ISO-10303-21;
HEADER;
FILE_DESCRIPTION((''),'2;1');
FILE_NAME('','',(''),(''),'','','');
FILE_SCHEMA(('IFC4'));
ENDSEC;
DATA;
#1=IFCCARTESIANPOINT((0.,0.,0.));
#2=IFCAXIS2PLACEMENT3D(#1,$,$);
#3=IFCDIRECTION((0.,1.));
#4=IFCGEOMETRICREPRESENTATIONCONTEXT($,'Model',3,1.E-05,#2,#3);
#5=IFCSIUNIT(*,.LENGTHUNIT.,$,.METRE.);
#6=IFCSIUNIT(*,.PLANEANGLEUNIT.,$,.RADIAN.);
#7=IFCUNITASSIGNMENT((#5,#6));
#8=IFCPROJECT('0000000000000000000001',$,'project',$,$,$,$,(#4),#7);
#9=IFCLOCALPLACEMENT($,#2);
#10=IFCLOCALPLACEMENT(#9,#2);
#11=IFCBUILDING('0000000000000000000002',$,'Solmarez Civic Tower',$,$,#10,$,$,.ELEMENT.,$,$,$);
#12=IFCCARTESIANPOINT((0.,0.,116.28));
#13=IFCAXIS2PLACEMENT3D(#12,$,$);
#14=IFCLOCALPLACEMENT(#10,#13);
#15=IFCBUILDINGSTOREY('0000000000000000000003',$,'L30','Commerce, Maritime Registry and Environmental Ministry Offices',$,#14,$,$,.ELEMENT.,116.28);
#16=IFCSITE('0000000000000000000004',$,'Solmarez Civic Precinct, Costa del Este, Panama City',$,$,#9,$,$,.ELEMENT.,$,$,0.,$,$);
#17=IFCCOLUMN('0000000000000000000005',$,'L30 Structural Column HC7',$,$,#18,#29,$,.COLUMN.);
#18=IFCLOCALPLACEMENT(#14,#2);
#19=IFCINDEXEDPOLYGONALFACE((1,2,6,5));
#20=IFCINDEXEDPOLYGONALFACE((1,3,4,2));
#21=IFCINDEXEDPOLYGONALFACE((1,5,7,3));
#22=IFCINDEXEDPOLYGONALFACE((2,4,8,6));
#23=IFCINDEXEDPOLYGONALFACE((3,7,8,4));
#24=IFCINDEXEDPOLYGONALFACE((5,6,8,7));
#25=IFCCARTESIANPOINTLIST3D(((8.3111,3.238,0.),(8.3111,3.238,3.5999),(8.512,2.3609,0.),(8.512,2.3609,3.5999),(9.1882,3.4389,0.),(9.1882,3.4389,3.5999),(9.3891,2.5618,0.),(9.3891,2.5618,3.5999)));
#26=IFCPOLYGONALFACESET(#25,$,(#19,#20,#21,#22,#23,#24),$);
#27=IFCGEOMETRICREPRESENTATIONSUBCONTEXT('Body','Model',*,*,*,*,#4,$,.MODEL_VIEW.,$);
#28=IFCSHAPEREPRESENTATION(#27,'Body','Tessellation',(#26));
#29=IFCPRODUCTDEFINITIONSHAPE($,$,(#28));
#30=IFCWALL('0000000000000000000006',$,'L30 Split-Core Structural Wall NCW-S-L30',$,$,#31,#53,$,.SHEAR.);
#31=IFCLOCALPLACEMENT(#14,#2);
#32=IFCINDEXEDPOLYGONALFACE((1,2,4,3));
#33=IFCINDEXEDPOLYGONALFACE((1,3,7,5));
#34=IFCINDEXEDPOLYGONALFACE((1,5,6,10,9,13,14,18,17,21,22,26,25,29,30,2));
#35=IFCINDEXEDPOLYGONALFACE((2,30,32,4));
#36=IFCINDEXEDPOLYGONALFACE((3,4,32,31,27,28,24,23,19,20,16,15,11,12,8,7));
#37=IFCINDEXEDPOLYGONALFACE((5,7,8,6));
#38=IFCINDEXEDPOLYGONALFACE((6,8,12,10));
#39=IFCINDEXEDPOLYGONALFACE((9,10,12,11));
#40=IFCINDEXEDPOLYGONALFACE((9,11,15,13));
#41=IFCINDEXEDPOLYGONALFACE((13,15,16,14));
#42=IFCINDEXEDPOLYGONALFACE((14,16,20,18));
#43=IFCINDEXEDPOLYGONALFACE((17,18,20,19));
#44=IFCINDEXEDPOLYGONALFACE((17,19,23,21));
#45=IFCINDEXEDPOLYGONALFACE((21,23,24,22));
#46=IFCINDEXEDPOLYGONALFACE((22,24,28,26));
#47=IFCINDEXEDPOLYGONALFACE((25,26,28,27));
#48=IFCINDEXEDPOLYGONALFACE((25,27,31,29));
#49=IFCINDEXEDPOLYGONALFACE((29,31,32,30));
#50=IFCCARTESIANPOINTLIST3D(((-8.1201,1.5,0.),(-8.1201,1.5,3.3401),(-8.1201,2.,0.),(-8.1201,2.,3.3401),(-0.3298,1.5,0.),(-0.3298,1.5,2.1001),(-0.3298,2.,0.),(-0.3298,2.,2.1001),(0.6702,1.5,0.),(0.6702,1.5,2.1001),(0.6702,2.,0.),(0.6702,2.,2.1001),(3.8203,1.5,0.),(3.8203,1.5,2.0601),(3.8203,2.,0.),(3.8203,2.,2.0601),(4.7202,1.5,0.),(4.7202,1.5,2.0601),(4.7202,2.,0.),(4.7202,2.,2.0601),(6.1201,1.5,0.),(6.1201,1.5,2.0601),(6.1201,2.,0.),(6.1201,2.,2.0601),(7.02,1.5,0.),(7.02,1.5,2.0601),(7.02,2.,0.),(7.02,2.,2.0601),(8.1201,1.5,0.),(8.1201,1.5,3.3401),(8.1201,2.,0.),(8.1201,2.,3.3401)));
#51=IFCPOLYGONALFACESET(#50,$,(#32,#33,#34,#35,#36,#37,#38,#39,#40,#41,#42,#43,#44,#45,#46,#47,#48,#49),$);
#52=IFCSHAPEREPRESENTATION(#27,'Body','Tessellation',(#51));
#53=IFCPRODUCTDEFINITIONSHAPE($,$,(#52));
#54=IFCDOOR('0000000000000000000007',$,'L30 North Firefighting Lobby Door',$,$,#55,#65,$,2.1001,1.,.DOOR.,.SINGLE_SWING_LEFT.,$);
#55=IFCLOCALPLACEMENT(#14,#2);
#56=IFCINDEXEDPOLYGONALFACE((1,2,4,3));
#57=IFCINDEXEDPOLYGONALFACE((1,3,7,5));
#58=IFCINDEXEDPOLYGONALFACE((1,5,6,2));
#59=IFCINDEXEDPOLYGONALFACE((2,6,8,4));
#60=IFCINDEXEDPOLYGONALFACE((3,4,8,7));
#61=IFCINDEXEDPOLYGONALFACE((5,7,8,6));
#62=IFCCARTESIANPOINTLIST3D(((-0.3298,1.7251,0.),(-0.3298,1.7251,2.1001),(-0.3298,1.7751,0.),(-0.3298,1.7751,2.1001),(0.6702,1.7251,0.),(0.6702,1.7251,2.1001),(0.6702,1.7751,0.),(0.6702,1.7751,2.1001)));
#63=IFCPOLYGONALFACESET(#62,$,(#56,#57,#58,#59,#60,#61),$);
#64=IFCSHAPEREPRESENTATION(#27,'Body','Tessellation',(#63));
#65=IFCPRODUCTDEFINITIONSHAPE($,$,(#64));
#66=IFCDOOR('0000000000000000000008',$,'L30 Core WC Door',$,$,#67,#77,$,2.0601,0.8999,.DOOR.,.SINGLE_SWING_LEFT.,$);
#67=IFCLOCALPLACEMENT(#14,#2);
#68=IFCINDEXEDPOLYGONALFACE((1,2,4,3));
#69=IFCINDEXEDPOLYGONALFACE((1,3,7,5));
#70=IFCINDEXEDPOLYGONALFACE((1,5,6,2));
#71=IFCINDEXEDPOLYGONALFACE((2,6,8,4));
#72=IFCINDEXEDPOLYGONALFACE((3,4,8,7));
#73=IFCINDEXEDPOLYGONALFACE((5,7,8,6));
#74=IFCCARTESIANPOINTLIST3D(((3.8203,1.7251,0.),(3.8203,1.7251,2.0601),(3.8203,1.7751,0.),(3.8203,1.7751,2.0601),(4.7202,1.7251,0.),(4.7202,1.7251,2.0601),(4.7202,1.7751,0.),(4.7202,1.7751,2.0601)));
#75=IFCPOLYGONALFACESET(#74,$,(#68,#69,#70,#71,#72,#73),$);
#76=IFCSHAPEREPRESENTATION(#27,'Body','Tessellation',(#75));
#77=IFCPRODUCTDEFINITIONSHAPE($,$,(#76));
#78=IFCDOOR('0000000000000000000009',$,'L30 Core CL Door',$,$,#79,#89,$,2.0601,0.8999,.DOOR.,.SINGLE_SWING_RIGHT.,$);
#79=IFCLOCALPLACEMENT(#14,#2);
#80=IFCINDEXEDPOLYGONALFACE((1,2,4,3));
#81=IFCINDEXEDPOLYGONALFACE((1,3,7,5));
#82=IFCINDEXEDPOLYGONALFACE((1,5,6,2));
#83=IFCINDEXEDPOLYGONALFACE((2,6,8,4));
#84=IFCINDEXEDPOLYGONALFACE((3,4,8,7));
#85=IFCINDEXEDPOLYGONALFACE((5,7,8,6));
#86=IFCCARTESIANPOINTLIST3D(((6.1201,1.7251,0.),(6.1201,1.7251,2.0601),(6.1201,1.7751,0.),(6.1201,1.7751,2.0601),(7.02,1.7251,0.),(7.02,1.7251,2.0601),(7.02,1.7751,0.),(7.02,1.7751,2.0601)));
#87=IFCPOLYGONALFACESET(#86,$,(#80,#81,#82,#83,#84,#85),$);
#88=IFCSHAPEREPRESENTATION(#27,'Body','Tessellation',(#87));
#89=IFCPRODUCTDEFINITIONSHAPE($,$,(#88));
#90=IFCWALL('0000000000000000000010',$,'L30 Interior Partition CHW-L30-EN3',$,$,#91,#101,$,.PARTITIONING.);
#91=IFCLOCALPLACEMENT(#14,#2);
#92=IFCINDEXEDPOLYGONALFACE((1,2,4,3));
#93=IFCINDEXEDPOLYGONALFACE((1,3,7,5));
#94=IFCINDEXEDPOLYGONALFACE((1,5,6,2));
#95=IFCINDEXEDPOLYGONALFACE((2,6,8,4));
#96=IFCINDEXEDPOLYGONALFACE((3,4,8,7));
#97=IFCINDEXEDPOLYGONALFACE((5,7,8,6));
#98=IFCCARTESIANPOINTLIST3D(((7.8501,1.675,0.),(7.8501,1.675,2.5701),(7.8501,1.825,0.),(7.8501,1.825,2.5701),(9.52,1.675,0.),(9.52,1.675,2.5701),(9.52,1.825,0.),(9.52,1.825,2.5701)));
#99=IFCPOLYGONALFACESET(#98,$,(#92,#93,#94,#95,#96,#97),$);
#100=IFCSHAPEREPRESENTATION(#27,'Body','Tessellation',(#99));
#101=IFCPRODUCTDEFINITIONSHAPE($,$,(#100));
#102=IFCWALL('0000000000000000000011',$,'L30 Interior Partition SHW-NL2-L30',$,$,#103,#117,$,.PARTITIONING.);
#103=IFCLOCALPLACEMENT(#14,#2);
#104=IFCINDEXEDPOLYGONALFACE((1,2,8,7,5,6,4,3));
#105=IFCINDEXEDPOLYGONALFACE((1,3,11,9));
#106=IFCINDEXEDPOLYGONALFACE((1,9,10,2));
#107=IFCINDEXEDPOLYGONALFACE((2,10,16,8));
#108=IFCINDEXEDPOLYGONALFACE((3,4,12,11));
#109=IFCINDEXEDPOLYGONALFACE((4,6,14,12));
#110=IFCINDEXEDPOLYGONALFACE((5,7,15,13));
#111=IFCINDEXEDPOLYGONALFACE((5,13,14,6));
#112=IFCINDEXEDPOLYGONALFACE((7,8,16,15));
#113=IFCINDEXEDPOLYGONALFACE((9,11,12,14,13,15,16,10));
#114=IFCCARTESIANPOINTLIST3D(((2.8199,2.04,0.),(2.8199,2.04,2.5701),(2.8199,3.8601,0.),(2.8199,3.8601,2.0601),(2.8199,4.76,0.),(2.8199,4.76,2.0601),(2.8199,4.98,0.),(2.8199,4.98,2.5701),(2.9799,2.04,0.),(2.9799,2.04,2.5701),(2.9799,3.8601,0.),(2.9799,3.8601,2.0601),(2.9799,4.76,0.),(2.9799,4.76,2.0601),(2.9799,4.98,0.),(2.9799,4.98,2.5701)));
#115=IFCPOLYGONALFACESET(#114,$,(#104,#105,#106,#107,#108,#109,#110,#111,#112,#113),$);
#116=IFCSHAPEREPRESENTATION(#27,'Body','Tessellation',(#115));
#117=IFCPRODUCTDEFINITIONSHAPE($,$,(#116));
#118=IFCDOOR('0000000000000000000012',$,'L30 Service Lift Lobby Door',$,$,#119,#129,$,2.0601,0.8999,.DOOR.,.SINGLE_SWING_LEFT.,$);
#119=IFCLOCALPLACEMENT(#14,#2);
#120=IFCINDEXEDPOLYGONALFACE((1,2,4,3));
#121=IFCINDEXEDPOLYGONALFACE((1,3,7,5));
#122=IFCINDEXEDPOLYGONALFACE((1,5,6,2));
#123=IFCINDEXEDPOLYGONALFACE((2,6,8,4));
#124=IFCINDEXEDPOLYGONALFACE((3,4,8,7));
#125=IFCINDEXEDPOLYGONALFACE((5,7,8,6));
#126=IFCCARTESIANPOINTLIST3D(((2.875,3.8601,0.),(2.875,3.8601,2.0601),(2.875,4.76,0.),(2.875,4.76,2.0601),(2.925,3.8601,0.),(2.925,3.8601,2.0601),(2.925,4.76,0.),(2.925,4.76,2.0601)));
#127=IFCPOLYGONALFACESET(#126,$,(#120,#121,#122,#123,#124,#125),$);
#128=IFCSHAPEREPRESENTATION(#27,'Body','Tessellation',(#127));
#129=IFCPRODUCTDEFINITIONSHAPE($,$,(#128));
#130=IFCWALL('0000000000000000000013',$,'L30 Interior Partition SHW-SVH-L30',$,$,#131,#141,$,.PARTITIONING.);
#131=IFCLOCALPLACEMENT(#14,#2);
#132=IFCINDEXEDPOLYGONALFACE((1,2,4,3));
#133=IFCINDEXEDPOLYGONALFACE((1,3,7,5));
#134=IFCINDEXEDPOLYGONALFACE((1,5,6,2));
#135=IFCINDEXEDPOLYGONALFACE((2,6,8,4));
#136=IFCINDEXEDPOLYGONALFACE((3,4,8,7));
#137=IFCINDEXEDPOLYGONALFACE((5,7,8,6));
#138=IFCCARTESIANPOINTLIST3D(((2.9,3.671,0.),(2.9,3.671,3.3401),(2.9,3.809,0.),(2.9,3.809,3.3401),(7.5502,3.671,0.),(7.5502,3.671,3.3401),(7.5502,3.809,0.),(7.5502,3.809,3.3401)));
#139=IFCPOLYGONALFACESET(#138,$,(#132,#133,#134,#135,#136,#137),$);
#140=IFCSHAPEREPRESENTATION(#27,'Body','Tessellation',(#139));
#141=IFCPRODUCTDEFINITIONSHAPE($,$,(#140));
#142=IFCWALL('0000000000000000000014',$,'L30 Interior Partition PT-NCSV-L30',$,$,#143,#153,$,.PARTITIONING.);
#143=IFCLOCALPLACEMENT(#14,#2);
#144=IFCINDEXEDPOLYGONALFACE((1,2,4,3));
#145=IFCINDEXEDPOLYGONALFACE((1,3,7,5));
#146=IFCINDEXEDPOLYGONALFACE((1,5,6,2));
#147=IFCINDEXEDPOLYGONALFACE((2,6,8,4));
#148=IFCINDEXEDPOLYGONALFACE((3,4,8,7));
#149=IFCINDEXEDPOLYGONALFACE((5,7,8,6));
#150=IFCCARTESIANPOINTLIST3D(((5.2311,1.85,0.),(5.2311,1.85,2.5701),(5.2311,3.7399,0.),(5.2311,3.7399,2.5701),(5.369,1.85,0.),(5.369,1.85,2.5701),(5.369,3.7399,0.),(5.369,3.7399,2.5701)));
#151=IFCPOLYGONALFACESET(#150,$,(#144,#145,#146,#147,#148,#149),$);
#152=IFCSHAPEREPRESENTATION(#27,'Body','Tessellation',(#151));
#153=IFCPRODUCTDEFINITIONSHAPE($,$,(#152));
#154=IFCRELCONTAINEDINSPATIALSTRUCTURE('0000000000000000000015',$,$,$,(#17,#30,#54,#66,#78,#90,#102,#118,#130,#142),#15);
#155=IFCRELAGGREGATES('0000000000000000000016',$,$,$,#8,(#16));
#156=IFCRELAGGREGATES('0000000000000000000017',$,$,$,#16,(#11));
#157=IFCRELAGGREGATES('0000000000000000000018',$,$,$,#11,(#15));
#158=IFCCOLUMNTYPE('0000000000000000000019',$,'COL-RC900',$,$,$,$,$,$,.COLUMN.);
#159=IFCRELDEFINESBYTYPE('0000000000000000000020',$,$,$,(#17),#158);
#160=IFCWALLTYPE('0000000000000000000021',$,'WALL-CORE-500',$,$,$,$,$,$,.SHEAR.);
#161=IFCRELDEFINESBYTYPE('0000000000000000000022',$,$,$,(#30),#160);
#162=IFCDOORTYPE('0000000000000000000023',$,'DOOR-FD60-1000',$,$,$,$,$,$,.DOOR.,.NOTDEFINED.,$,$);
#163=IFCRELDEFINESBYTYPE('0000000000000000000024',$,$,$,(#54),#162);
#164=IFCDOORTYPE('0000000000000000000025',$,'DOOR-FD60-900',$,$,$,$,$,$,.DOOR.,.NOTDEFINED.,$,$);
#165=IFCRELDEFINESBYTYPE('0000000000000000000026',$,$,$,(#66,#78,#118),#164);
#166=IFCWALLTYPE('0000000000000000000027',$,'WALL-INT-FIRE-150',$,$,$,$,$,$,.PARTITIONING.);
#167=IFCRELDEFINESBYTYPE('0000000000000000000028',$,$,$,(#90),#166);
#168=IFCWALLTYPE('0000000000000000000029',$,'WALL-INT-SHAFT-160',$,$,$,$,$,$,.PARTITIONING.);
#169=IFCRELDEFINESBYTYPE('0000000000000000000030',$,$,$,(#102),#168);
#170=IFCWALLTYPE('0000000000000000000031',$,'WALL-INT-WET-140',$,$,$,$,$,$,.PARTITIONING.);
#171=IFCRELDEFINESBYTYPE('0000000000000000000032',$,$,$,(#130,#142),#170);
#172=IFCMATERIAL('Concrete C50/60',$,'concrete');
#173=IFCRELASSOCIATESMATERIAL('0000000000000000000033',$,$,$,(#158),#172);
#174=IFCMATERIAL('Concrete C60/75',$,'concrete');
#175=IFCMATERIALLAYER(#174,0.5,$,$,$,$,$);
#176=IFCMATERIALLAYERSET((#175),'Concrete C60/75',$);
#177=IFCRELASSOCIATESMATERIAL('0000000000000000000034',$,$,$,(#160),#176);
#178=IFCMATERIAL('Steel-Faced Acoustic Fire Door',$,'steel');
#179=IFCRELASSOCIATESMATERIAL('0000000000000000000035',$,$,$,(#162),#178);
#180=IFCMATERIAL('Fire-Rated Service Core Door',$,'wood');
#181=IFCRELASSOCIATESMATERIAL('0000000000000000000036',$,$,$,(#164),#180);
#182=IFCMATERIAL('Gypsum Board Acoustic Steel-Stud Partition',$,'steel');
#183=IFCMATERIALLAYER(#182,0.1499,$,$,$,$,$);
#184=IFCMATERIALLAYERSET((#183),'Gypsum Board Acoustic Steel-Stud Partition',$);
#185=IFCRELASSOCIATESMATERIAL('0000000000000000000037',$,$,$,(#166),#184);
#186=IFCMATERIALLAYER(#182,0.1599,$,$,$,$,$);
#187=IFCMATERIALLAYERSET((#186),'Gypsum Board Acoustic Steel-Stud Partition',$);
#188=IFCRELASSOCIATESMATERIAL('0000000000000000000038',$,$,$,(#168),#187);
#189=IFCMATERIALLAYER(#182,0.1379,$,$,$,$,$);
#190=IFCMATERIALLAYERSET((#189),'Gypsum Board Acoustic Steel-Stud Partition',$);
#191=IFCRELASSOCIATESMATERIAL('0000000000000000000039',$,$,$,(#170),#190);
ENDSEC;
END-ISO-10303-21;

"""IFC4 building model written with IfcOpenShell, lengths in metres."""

from ifc_helpers import new_model, si_unit, direction, frame, frame_2d, origin, origin_2d, place, context, subcontext, project, spatial, rectangle, extrude, material, layer, layer_set, material_profile, profile_set, type_object, element, fill, save


model = new_model("IFC4")

# Units and contexts
model_context = context("Model", 3, precision=1e-05, world=origin(), true_north=direction((0.0, 1.0)))
body_context = subcontext(model_context, "Body", "Model", "MODEL_VIEW")
ifc_project = project(units=[si_unit("LENGTHUNIT", "METRE"), si_unit("PLANEANGLEUNIT", "RADIAN")], contexts=[model_context])

# Site, building, storey
site_placement = place(None, origin())
site = spatial("IfcSite", under=ifc_project, at=site_placement, Name="Solmarez Civic Precinct, Costa del Este, Panama City", CompositionType="ELEMENT", RefElevation=0.0)
building_placement = place(site_placement, origin())
building = spatial("IfcBuilding", under=site, at=building_placement, Name="Solmarez Civic Tower", CompositionType="ELEMENT")
storey_placement = place(building_placement, frame((0.0, 0.0, 116.28)))
storey = spatial("IfcBuildingStorey", under=building, at=storey_placement, Name="L30", Description="Commerce, Maritime Registry and Environmental Ministry Offices", CompositionType="ELEMENT", Elevation=116.28)

# Column
ifc_material_1 = material(Name="Concrete C50/60", Category="concrete")
ifc_material_profile = material_profile(ifc_material_1, rectangle(XDim=0.8999, YDim=0.8999, at=origin_2d()), Name="RC900X900")
ifc_profile_set = profile_set([ifc_material_profile], Name="Concrete C50/60")
column_type = type_object("IfcColumnType", Name="COL-RC900", PredefinedType="COLUMN", material=ifc_profile_set)
column_placement = place(storey_placement, frame((8.8501, 2.8999, 0.0), z_axis=(0.0, 0.0, 1.0), x_axis=(0.974761, 0.22325, 0.0)))
element("IfcColumn", 1, at=column_placement, inside=storey, type_object=column_type, Name="L30 Structural Column HC7", PredefinedType="COLUMN", context=body_context, shape_type="SweptSolid", body=[
    extrude(rectangle(XDim=0.8999, YDim=0.8999, at=origin_2d()), origin(), (0.0, 0.0, 1.0), 3.5999),
])

# Wall, openings, doors
ifc_material_2 = material(Name="Concrete C60/75", Category="concrete")
ifc_layer_1 = layer(ifc_material_2, 0.5)
ifc_layer_set_1 = layer_set([ifc_layer_1], Name="Concrete C60/75")
wall_type_1 = type_object("IfcWallType", Name="WALL-CORE-500", PredefinedType="SHEAR", material=ifc_layer_set_1)
wall_1_placement = place(storey_placement, frame((8.1201, 1.75, 0.0), z_axis=(0.0, 0.0, 1.0), x_axis=(-1.0, 0.0, 0.0)))
wall_1 = element("IfcWall", 2, at=wall_1_placement, inside=storey, type_object=wall_type_1, Name="L30 Split-Core Structural Wall NCW-S-L30", PredefinedType="SHEAR", context=body_context, shape_type="SweptSolid", body=[
    extrude(rectangle(XDim=16.2402, YDim=0.5, at=frame_2d((8.1201, 0.0))), origin(), (0.0, 0.0, 1.0), 3.3401),
])
opening_1_placement = place(wall_1_placement, frame((7.45, 0.0, 0.0)))
opening_1 = element("IfcOpeningElement", 3, at=opening_1_placement, cuts=wall_1, PredefinedType="OPENING", context=body_context, shape_type="SweptSolid", body=[
    extrude(rectangle(XDim=1.0, YDim=2.1001, at=frame_2d((0.5, 1.05))), frame((0.0, 0.26, 0.0), z_axis=(0.0, -1.0, 0.0), x_axis=(1.0, 0.0, 0.0)), (0.0, 0.0, 1.0), 0.52),
])
opening_2_placement = place(wall_1_placement, frame((3.3999, 0.0, 0.0)))
opening_2 = element("IfcOpeningElement", 4, at=opening_2_placement, cuts=wall_1, PredefinedType="OPENING", context=body_context, shape_type="SweptSolid", body=[
    extrude(rectangle(XDim=0.8999, YDim=2.0601, at=frame_2d((0.45, 1.03))), frame((0.0, 0.26, 0.0), z_axis=(0.0, -1.0, 0.0), x_axis=(1.0, 0.0, 0.0)), (0.0, 0.0, 1.0), 0.52),
])
opening_3_placement = place(wall_1_placement, frame((1.1001, 0.0, 0.0)))
opening_3 = element("IfcOpeningElement", 5, at=opening_3_placement, cuts=wall_1, PredefinedType="OPENING", context=body_context, shape_type="SweptSolid", body=[
    extrude(rectangle(XDim=0.8999, YDim=2.0601, at=frame_2d((0.45, 1.03))), frame((0.0, 0.26, 0.0), z_axis=(0.0, -1.0, 0.0), x_axis=(1.0, 0.0, 0.0)), (0.0, 0.0, 1.0), 0.52),
])
ifc_material_3 = material(Name="Steel-Faced Acoustic Fire Door", Category="steel")
door_type_1 = type_object("IfcDoorType", Name="DOOR-FD60-1000", OperationType="NOTDEFINED", PredefinedType="DOOR", material=ifc_material_3)
door_1_placement = place(opening_1_placement, origin())
door_1 = element("IfcDoor", 6, at=door_1_placement, inside=storey, type_object=door_type_1, Name="L30 North Firefighting Lobby Door", OperationType="SINGLE_SWING_LEFT", OverallHeight=2.1001, OverallWidth=1.0, PredefinedType="DOOR", context=body_context, shape_type="SweptSolid", body=[
    extrude(rectangle(XDim=1.0, YDim=2.1001, at=frame_2d((0.5, 1.05))), frame((0.0, 0.0249, 0.0), z_axis=(0.0, -1.0, 0.0), x_axis=(1.0, 0.0, 0.0)), (0.0, 0.0, 1.0), 0.05),
])
fill(opening_1, door_1)
ifc_material_4 = material(Name="Fire-Rated Service Core Door", Category="wood")
door_type_2 = type_object("IfcDoorType", Name="DOOR-FD60-900", OperationType="NOTDEFINED", PredefinedType="DOOR", material=ifc_material_4)
door_2_placement = place(opening_2_placement, origin())
door_2 = element("IfcDoor", 7, at=door_2_placement, inside=storey, type_object=door_type_2, Name="L30 Core WC Door", OperationType="SINGLE_SWING_LEFT", OverallHeight=2.0601, OverallWidth=0.8999, PredefinedType="DOOR", context=body_context, shape_type="SweptSolid", body=[
    extrude(rectangle(XDim=0.8999, YDim=2.0601, at=frame_2d((0.45, 1.03))), frame((0.0, 0.0249, 0.0), z_axis=(0.0, -1.0, 0.0), x_axis=(1.0, 0.0, 0.0)), (0.0, 0.0, 1.0), 0.05),
])
fill(opening_2, door_2)
door_3_placement = place(opening_3_placement, origin())
door_3 = element("IfcDoor", 8, at=door_3_placement, inside=storey, type_object=door_type_2, Name="L30 Core CL Door", OperationType="SINGLE_SWING_RIGHT", OverallHeight=2.0601, OverallWidth=0.8999, PredefinedType="DOOR", context=body_context, shape_type="SweptSolid", body=[
    extrude(rectangle(XDim=0.8999, YDim=2.0601, at=frame_2d((0.45, 1.03))), frame((0.0, 0.0249, 0.0), z_axis=(0.0, -1.0, 0.0), x_axis=(1.0, 0.0, 0.0)), (0.0, 0.0, 1.0), 0.05),
])
fill(opening_3, door_3)

# Wall
ifc_material_5 = material(Name="Gypsum Board Acoustic Steel-Stud Partition", Category="steel")
ifc_layer_2 = layer(ifc_material_5, 0.1499)
ifc_layer_set_2 = layer_set([ifc_layer_2], Name="Gypsum Board Acoustic Steel-Stud Partition")
wall_type_2 = type_object("IfcWallType", Name="WALL-INT-FIRE-150", PredefinedType="PARTITIONING", material=ifc_layer_set_2)
wall_2_placement = place(storey_placement, frame((7.8501, 1.75, 0.0), z_axis=(0.0, 0.0, 1.0), x_axis=(1.0, 0.0, 0.0)))
element("IfcWall", 9, at=wall_2_placement, inside=storey, type_object=wall_type_2, Name="L30 Interior Partition CHW-L30-EN3", PredefinedType="PARTITIONING", context=body_context, shape_type="SweptSolid", body=[
    extrude(rectangle(XDim=1.6699, YDim=0.1499, at=frame_2d((0.835, 0.0))), origin(), (0.0, 0.0, 1.0), 2.5701),
])

# Wall, opening, door
ifc_layer_3 = layer(ifc_material_5, 0.1599)
ifc_layer_set_3 = layer_set([ifc_layer_3], Name="Gypsum Board Acoustic Steel-Stud Partition")
wall_type_3 = type_object("IfcWallType", Name="WALL-INT-SHAFT-160", PredefinedType="PARTITIONING", material=ifc_layer_set_3)
wall_3_placement = place(storey_placement, frame((2.8999, 2.04, 0.0), z_axis=(0.0, 0.0, 1.0), x_axis=(0.0, 1.0, 0.0)))
wall_3 = element("IfcWall", 10, at=wall_3_placement, inside=storey, type_object=wall_type_3, Name="L30 Interior Partition SHW-NL2-L30", PredefinedType="PARTITIONING", context=body_context, shape_type="SweptSolid", body=[
    extrude(rectangle(XDim=2.9399, YDim=0.1599, at=frame_2d((1.47, 0.0))), origin(), (0.0, 0.0, 1.0), 2.5701),
])
opening_4_placement = place(wall_3_placement, frame((1.8201, 0.0, 0.0)))
opening_4 = element("IfcOpeningElement", 11, at=opening_4_placement, cuts=wall_3, PredefinedType="OPENING", context=body_context, shape_type="SweptSolid", body=[
    extrude(rectangle(XDim=0.8999, YDim=2.0601, at=frame_2d((0.45, 1.03))), frame((0.0, 0.0898, 0.0), z_axis=(0.0, -1.0, 0.0), x_axis=(1.0, 0.0, 0.0)), (0.0, 0.0, 1.0), 0.1799),
])
door_4_placement = place(opening_4_placement, origin())
door_4 = element("IfcDoor", 12, at=door_4_placement, inside=storey, type_object=door_type_2, Name="L30 Service Lift Lobby Door", OperationType="SINGLE_SWING_LEFT", OverallHeight=2.0601, OverallWidth=0.8999, PredefinedType="DOOR", context=body_context, shape_type="SweptSolid", body=[
    extrude(rectangle(XDim=0.8999, YDim=2.0601, at=frame_2d((0.45, 1.03))), frame((0.0, 0.0249, 0.0), z_axis=(0.0, -1.0, 0.0), x_axis=(1.0, 0.0, 0.0)), (0.0, 0.0, 1.0), 0.05),
])
fill(opening_4, door_4)

# Walls
ifc_layer_4 = layer(ifc_material_5, 0.1379)
ifc_layer_set_4 = layer_set([ifc_layer_4], Name="Gypsum Board Acoustic Steel-Stud Partition")
wall_type_4 = type_object("IfcWallType", Name="WALL-INT-WET-140", PredefinedType="PARTITIONING", material=ifc_layer_set_4)
wall_4_placement = place(storey_placement, frame((2.8999, 3.74, 0.0), z_axis=(0.0, 0.0, 1.0), x_axis=(1.0, 0.0, 0.0)))
element("IfcWall", 13, at=wall_4_placement, inside=storey, type_object=wall_type_4, Name="L30 Interior Partition SHW-SVH-L30", PredefinedType="PARTITIONING", context=body_context, shape_type="SweptSolid", body=[
    extrude(rectangle(XDim=4.6501, YDim=0.1379, at=frame_2d((2.3252, 0.0))), origin(), (0.0, 0.0, 1.0), 3.3401),
])
wall_5_placement = place(storey_placement, frame((5.3, 1.8501, 0.0), z_axis=(0.0, 0.0, 1.0), x_axis=(0.0, 1.0, 0.0)))
element("IfcWall", 14, at=wall_5_placement, inside=storey, type_object=wall_type_4, Name="L30 Interior Partition PT-NCSV-L30", PredefinedType="PARTITIONING", context=body_context, shape_type="SweptSolid", body=[
    extrude(rectangle(XDim=1.8899, YDim=0.1379, at=frame_2d((0.9448, 0.0))), origin(), (0.0, 0.0, 1.0), 2.5701),
])

save(model, "model.ifc")
